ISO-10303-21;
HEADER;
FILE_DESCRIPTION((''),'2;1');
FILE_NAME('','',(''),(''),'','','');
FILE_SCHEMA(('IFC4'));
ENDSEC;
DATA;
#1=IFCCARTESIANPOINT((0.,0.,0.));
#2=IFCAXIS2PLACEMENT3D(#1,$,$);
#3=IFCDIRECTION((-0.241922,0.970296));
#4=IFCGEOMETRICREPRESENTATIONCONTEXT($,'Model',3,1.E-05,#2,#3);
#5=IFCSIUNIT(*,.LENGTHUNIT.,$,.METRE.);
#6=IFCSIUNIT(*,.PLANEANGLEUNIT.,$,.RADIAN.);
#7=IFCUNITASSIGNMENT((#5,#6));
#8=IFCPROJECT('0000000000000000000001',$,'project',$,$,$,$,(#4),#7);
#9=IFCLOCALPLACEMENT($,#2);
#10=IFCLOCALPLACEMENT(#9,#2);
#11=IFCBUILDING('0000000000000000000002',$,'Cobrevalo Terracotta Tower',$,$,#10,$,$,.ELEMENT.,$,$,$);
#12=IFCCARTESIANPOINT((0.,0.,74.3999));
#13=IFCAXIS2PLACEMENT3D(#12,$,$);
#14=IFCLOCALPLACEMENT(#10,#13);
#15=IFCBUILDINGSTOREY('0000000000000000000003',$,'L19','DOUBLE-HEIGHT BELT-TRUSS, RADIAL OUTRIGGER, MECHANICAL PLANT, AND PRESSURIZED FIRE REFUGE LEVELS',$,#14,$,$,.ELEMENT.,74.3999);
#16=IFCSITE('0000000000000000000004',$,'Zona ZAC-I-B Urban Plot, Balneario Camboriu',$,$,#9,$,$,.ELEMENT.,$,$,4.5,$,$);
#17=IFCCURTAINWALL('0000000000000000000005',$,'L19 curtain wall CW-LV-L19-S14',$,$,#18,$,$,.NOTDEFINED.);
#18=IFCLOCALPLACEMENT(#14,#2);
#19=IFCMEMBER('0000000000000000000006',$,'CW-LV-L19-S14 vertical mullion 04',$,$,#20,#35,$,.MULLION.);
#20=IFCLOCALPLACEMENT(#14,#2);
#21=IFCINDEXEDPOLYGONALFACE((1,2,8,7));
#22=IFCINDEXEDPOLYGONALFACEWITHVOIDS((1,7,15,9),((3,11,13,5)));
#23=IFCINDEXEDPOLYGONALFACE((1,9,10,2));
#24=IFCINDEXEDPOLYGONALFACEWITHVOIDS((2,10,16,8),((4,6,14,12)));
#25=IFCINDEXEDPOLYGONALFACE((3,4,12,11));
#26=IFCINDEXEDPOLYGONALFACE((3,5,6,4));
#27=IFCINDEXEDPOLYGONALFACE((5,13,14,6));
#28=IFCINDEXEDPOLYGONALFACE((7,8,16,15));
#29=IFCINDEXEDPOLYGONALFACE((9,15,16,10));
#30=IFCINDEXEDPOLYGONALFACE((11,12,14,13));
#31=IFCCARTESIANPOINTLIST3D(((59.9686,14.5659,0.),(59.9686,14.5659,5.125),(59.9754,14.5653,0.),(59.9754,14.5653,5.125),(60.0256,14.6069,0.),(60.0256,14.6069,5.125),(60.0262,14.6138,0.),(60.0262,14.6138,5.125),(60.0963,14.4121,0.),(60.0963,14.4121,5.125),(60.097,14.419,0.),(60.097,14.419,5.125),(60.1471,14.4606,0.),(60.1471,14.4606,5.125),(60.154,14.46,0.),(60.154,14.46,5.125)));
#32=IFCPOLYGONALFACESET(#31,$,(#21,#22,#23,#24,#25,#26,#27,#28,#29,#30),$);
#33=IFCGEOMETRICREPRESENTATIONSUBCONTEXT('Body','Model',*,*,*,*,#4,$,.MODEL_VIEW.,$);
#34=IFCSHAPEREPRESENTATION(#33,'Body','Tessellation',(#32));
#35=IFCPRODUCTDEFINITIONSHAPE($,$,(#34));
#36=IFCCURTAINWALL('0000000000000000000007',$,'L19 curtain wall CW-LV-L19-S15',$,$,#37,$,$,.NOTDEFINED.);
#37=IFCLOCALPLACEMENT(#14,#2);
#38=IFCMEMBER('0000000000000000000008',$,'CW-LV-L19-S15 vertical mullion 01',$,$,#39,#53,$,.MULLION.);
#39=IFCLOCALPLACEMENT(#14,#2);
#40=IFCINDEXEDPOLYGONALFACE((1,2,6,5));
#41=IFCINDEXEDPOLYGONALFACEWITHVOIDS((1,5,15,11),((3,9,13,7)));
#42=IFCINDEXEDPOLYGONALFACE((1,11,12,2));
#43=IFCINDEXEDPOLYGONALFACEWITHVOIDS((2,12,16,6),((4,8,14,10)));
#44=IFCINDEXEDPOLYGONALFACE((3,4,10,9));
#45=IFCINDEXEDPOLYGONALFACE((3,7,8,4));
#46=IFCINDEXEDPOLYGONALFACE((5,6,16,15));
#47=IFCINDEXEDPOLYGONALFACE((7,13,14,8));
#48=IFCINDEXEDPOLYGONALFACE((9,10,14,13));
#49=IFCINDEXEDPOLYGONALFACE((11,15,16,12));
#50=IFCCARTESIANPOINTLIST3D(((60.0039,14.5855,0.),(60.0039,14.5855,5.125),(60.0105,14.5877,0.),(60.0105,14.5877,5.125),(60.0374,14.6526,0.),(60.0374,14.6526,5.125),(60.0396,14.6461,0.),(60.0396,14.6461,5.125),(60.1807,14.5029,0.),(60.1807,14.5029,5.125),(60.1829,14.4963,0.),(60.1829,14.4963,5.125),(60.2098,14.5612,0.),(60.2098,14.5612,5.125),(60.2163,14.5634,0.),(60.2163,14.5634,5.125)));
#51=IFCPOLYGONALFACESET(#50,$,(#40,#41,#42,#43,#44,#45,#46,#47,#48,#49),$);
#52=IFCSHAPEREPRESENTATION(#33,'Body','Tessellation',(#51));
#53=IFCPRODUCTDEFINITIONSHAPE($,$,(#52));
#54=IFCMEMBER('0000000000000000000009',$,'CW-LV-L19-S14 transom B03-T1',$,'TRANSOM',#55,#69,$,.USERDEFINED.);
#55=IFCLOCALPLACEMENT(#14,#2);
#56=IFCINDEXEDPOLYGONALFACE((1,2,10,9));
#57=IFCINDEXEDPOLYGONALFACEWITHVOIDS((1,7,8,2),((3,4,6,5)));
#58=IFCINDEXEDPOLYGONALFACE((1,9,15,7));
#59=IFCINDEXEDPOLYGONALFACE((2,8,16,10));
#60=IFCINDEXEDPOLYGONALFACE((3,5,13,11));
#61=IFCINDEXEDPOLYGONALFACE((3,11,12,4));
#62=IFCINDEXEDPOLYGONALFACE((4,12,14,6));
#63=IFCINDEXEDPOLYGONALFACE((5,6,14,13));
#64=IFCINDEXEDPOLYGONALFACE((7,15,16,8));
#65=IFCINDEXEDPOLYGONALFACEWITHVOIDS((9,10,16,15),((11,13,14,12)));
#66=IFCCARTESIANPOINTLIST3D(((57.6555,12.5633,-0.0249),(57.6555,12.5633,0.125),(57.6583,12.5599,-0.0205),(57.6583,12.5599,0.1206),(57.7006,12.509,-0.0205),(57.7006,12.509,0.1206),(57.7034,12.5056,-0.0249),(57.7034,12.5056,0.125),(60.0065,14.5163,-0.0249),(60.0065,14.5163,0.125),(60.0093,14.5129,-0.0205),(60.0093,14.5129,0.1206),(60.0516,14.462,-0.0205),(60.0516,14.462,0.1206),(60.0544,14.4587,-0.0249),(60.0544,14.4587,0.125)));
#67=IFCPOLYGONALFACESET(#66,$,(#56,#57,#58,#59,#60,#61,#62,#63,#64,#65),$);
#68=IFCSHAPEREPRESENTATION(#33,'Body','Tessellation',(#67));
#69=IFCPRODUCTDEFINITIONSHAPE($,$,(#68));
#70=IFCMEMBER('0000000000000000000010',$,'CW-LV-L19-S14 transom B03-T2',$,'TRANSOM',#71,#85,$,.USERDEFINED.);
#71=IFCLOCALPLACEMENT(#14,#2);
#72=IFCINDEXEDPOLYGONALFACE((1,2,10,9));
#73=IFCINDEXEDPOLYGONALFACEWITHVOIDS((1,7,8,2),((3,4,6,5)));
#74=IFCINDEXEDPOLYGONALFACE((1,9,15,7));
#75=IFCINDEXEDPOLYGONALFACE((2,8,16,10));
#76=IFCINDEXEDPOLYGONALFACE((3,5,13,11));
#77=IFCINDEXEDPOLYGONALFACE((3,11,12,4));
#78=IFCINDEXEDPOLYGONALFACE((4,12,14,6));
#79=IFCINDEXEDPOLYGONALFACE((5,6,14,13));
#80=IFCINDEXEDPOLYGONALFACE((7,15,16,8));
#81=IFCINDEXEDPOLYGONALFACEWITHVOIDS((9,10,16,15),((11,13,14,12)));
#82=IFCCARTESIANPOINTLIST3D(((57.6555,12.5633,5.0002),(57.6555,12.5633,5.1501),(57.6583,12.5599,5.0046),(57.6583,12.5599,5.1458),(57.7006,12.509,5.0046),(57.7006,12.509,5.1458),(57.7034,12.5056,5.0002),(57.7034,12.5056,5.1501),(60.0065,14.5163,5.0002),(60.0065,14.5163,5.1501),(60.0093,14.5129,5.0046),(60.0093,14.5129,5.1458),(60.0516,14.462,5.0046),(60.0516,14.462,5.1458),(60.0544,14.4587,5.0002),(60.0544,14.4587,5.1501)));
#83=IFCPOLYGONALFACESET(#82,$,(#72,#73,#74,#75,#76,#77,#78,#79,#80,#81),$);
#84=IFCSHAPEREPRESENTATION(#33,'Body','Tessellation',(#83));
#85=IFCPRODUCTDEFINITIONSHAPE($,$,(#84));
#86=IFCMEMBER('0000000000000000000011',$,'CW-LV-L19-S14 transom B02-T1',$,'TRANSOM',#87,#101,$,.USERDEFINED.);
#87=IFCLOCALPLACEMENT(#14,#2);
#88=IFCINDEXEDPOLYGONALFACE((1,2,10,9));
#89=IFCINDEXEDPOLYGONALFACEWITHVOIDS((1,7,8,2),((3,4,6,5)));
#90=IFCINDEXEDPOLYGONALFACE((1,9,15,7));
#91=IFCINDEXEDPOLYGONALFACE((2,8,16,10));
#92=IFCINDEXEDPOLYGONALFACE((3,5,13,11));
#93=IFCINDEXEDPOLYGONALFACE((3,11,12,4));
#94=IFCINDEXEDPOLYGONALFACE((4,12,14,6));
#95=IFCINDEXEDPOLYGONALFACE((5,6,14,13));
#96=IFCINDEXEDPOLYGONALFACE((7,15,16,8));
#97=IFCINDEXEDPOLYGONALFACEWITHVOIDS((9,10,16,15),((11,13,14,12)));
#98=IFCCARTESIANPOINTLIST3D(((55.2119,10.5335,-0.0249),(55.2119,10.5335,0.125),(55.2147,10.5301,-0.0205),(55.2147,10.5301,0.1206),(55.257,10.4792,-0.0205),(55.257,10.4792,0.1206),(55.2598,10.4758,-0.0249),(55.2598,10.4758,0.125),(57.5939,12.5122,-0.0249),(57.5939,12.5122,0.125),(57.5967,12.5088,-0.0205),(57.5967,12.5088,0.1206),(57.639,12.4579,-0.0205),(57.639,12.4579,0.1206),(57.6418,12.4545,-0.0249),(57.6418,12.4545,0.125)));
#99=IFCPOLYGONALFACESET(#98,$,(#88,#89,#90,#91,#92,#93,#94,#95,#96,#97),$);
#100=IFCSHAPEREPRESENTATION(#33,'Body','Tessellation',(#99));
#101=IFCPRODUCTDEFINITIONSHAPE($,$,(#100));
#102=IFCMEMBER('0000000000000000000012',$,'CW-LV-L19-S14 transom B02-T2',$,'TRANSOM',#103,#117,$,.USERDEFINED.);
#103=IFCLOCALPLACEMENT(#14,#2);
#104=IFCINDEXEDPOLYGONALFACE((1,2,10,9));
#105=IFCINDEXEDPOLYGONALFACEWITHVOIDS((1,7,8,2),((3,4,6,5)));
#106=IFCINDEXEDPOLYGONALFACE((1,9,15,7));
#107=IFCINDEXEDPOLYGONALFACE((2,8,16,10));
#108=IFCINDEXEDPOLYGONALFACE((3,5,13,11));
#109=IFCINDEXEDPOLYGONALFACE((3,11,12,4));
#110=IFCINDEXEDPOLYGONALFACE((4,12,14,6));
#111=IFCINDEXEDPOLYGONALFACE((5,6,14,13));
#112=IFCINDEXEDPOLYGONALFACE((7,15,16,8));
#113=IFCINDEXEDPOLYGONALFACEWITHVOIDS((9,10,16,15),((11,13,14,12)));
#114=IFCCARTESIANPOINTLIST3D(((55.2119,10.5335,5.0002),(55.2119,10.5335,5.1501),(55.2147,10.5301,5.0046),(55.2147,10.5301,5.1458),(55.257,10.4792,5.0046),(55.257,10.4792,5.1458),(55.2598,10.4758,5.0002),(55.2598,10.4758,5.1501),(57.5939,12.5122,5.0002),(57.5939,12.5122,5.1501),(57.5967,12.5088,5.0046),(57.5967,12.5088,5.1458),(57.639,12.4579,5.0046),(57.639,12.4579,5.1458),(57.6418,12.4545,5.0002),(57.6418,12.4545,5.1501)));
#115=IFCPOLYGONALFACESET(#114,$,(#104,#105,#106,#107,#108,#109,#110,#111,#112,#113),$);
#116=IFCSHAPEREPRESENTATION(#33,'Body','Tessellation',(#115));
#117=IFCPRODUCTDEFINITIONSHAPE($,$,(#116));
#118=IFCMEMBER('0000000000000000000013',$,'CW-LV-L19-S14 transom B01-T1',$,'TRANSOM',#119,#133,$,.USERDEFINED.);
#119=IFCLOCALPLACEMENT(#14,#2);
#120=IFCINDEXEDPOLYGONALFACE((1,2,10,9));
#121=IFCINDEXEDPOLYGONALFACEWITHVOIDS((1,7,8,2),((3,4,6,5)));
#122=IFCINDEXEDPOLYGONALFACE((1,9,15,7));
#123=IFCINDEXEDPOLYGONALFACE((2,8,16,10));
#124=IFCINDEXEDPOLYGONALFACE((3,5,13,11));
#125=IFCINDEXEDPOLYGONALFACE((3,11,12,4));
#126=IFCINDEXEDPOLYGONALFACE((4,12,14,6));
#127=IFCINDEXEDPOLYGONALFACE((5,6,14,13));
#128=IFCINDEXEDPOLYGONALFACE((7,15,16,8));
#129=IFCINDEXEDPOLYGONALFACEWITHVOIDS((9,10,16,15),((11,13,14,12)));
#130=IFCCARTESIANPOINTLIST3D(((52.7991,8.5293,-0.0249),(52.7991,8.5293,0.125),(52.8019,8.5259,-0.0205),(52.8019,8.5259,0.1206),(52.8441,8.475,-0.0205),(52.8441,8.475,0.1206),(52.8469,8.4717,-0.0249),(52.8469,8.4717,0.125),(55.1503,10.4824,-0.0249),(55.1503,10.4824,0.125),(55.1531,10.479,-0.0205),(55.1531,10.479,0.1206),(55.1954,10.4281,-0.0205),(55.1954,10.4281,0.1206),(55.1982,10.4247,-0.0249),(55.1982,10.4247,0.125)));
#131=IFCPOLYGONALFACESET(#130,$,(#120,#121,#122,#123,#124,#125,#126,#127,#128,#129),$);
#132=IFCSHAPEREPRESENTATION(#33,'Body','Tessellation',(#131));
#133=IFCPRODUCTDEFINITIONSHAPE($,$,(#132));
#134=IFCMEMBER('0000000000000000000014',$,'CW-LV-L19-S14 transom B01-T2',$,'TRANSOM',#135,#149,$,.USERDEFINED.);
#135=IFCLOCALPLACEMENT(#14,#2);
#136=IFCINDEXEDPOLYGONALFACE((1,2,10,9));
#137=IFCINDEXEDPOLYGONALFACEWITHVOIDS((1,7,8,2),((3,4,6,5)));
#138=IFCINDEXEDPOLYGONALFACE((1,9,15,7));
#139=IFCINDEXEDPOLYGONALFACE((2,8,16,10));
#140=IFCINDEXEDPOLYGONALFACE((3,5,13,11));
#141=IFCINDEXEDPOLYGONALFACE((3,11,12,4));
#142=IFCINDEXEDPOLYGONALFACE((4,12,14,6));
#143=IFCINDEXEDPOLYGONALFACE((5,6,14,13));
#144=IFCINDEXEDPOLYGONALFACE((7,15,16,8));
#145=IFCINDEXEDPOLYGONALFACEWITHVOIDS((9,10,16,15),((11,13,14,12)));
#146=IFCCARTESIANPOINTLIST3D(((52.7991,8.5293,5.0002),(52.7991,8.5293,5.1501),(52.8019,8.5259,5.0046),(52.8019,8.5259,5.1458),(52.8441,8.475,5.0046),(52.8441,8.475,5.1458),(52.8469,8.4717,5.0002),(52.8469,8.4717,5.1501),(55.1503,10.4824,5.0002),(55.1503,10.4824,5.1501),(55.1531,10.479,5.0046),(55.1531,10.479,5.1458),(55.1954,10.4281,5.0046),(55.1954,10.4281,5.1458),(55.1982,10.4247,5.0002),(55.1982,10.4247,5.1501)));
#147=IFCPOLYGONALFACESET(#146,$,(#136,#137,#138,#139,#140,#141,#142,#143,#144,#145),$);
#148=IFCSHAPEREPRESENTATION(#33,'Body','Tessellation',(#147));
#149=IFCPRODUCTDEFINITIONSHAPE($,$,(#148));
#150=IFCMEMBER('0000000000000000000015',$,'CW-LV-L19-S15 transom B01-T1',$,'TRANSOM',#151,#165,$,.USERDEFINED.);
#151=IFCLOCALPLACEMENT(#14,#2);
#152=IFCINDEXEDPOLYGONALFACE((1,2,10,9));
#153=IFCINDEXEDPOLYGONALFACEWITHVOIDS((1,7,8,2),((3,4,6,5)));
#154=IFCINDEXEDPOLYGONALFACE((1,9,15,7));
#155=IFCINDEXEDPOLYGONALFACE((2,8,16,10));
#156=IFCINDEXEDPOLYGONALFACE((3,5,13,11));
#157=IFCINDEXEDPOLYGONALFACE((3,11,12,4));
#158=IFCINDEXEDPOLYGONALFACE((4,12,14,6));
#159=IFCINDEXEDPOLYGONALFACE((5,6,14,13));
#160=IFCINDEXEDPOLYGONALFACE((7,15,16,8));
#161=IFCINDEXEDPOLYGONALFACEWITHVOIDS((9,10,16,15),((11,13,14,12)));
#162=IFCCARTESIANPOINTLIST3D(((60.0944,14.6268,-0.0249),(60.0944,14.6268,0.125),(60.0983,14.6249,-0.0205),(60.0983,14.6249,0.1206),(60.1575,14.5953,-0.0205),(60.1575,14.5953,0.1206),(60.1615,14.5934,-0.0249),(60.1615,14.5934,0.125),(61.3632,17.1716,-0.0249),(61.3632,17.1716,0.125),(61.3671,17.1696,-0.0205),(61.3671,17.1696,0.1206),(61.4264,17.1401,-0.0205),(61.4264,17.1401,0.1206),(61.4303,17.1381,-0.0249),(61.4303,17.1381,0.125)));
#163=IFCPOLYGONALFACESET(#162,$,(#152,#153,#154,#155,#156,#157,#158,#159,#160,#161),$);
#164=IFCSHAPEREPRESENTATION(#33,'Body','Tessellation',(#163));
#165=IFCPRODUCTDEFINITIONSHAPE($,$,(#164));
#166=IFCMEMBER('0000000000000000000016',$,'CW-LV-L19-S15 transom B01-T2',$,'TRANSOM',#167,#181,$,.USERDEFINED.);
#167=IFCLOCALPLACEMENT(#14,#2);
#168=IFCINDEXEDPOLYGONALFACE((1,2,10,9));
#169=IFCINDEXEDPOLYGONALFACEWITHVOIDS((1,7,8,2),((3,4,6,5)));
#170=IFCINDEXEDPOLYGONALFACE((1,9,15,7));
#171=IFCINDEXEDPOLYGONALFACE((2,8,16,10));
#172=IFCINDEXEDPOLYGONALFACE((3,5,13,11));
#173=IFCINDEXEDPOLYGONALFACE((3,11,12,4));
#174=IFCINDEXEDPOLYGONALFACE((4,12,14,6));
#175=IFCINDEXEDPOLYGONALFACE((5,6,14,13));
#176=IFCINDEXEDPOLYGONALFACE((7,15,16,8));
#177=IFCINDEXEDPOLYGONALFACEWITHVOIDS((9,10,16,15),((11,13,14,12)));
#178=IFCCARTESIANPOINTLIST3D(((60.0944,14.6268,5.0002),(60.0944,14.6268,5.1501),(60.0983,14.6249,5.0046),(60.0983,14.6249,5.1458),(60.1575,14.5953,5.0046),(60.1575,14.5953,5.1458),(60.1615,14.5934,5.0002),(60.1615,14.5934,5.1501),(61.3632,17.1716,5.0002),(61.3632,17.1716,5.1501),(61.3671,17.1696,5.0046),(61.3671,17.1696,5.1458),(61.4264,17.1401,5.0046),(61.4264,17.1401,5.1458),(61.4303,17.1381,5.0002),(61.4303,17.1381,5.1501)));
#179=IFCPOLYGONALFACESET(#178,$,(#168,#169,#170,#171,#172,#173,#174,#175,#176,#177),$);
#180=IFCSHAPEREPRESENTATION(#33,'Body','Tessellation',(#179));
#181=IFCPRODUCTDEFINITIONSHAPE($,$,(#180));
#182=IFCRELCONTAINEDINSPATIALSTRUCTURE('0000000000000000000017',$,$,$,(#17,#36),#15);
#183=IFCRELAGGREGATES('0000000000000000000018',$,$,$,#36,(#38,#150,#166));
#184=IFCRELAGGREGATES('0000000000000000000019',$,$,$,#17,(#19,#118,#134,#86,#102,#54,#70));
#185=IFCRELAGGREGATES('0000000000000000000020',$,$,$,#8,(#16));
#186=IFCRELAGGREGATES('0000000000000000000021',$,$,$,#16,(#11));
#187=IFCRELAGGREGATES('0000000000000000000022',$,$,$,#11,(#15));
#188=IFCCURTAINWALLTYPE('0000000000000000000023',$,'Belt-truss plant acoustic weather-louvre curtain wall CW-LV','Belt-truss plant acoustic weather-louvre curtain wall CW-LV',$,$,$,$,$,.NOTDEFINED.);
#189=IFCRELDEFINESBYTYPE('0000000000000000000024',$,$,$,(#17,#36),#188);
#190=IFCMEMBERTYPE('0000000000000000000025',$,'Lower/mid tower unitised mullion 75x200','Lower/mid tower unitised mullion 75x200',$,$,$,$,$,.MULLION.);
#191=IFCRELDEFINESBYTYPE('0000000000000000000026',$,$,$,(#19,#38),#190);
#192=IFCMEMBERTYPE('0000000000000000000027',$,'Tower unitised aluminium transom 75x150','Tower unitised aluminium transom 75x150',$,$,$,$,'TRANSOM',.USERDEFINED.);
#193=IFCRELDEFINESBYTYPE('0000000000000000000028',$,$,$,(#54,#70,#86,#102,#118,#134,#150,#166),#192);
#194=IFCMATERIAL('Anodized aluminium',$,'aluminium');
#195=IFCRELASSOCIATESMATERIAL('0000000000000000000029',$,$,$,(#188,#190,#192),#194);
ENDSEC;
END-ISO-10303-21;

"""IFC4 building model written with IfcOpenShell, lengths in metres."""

from ifc_helpers import new_model, si_unit, direction, frame, origin, origin_2d, place, context, subcontext, project, spatial, hollow_rectangle, extrude, source, transform, mapped, material, material_profile, profile_set, type_object, element, aggregate, save


model = new_model("IFC4")

# Units and contexts
model_context = context("Model", 3, precision=1e-05, world=origin(), true_north=direction((-0.241922, 0.970296)))
body_context = subcontext(model_context, "Body", "Model", "MODEL_VIEW")
ifc_project = project(units=[si_unit("LENGTHUNIT", "METRE"), si_unit("PLANEANGLEUNIT", "RADIAN")], contexts=[model_context])

# Site, building, storey
site_placement = place(None, origin())
site = spatial("IfcSite", under=ifc_project, at=site_placement, Name="Zona ZAC-I-B Urban Plot, Balneario Camboriu", CompositionType="ELEMENT", RefElevation=4.5)
building_placement = place(site_placement, origin())
building = spatial("IfcBuilding", under=site, at=building_placement, Name="Cobrevalo Terracotta Tower", CompositionType="ELEMENT")
storey_placement = place(building_placement, frame((0.0, 0.0, 74.3999)))
storey = spatial("IfcBuildingStorey", under=building, at=storey_placement, Name="L19", Description="DOUBLE-HEIGHT BELT-TRUSS, RADIAL OUTRIGGER, MECHANICAL PLANT, AND PRESSURIZED FIRE REFUGE LEVELS", CompositionType="ELEMENT", Elevation=74.3999)

# Shared definitions
ifc_material_1 = material(Name="Anodized aluminium", Category="aluminium")
curtain_wall_type = type_object("IfcCurtainWallType", Name="Belt-truss plant acoustic weather-louvre curtain wall CW-LV", Description="Belt-truss plant acoustic weather-louvre curtain wall CW-LV", PredefinedType="NOTDEFINED", material=ifc_material_1)
ifc_material_profile_1 = material_profile(ifc_material_1, hollow_rectangle(XDim=0.075, YDim=0.2, WallThickness=0.0049, at=origin_2d()), Name="CWM 75x200")
ifc_profile_set_1 = profile_set([ifc_material_profile_1], Name="Anodized aluminium")
member_type_1 = type_object("IfcMemberType", Name="Lower/mid tower unitised mullion 75x200", Description="Lower/mid tower unitised mullion 75x200", PredefinedType="MULLION", material=ifc_profile_set_1)
shared_shape_1 = source(origin(), body_context, "Body", "SweptSolid", [
    extrude(hollow_rectangle(XDim=0.075, YDim=0.2, WallThickness=0.0049, at=origin_2d()), origin(), (0.0, 0.0, 1.0), 5.125),
])

# Curtain wall, member
curtain_wall_1_placement = place(storey_placement, origin())
curtain_wall_1 = element("IfcCurtainWall", 1, at=curtain_wall_1_placement, inside=storey, type_object=curtain_wall_type, Name="L19 curtain wall CW-LV-L19-S14", PredefinedType="NOTDEFINED")
member_1_placement = place(storey_placement, frame((60.0613, 14.5129, 0.0), z_axis=(0.0, 0.0, 1.0), x_axis=(0.769243, 0.638956, 0.0)))
member_1 = element("IfcMember", 2, at=member_1_placement, type_object=member_type_1, Name="CW-LV-L19-S14 vertical mullion 04", PredefinedType="MULLION", context=body_context, shape_type="MappedRepresentation", body=[
    mapped(shared_shape_1, transform((0.0, 0.0, 0.0), scale=1.0)),
])

# Curtain wall, member
curtain_wall_2_placement = place(storey_placement, origin())
curtain_wall_2 = element("IfcCurtainWall", 3, at=curtain_wall_2_placement, inside=storey, type_object=curtain_wall_type, Name="L19 curtain wall CW-LV-L19-S15", PredefinedType="NOTDEFINED")
member_2_placement = place(storey_placement, frame((60.1101, 14.5745, 0.0), z_axis=(0.0, 0.0, 1.0), x_axis=(0.44626, 0.894903, 0.0)))
member_2 = element("IfcMember", 4, at=member_2_placement, type_object=member_type_1, Name="CW-LV-L19-S15 vertical mullion 01", PredefinedType="MULLION", context=body_context, shape_type="MappedRepresentation", body=[
    mapped(shared_shape_1, transform((0.0, 0.0, 0.0), scale=1.0)),
])

# Members
ifc_material_profile_2 = material_profile(ifc_material_1, hollow_rectangle(XDim=0.075, YDim=0.1499, WallThickness=0.0044, at=origin_2d()), Name="CWT 75x150")
ifc_profile_set_2 = profile_set([ifc_material_profile_2], Name="Anodized aluminium")
member_type_2 = type_object("IfcMemberType", Name="Tower unitised aluminium transom 75x150", Description="Tower unitised aluminium transom 75x150", ElementType="TRANSOM", PredefinedType="USERDEFINED", material=ifc_profile_set_2)
shared_shape_2 = source(origin(), body_context, "Body", "SweptSolid", [
    extrude(hollow_rectangle(XDim=0.075, YDim=0.1499, WallThickness=0.0044, at=origin_2d()), origin(), (0.0, 0.0, 1.0), 3.0564),
])
member_3_placement = place(storey_placement, frame((57.6794, 12.5344, 0.05), z_axis=(0.769202, 0.639005, 0.0), x_axis=(-0.639005, 0.769202, 0.0)))
member_3 = element("IfcMember", 5, at=member_3_placement, type_object=member_type_2, Name="CW-LV-L19-S14 transom B03-T1", ObjectType="TRANSOM", PredefinedType="USERDEFINED", context=body_context, shape_type="MappedRepresentation", body=[
    mapped(shared_shape_2, transform((0.0, 0.0, 0.0), scale=1.0)),
])
member_4_placement = place(storey_placement, frame((57.6794, 12.5344, 5.0752), z_axis=(0.769202, 0.639005, 0.0), x_axis=(-0.639005, 0.769202, 0.0)))
member_4 = element("IfcMember", 6, at=member_4_placement, type_object=member_type_2, Name="CW-LV-L19-S14 transom B03-T2", ObjectType="TRANSOM", PredefinedType="USERDEFINED", context=body_context, shape_type="MappedRepresentation", body=[
    mapped(shared_shape_2, transform((0.0, 0.0, 0.0), scale=1.0)),
])
shared_shape_3 = source(origin(), body_context, "Body", "SweptSolid", [
    extrude(hollow_rectangle(XDim=0.075, YDim=0.1499, WallThickness=0.0044, at=origin_2d()), origin(), (0.0, 0.0, 1.0), 3.0967),
])
member_5_placement = place(storey_placement, frame((55.2358, 10.5046, 0.05), z_axis=(0.769222, 0.638982, 0.0), x_axis=(-0.638982, 0.769222, 0.0)))
member_5 = element("IfcMember", 7, at=member_5_placement, type_object=member_type_2, Name="CW-LV-L19-S14 transom B02-T1", ObjectType="TRANSOM", PredefinedType="USERDEFINED", context=body_context, shape_type="MappedRepresentation", body=[
    mapped(shared_shape_3, transform((0.0, 0.0, 0.0), scale=1.0)),
])
member_6_placement = place(storey_placement, frame((55.2358, 10.5046, 5.0752), z_axis=(0.769222, 0.638982, 0.0), x_axis=(-0.638982, 0.769222, 0.0)))
member_6 = element("IfcMember", 8, at=member_6_placement, type_object=member_type_2, Name="CW-LV-L19-S14 transom B02-T2", ObjectType="TRANSOM", PredefinedType="USERDEFINED", context=body_context, shape_type="MappedRepresentation", body=[
    mapped(shared_shape_3, transform((0.0, 0.0, 0.0), scale=1.0)),
])
shared_shape_4 = source(origin(), body_context, "Body", "SweptSolid", [
    extrude(hollow_rectangle(XDim=0.075, YDim=0.1499, WallThickness=0.0044, at=origin_2d()), origin(), (0.0, 0.0, 1.0), 3.0566),
])
member_7_placement = place(storey_placement, frame((52.823, 8.5005, 0.05), z_axis=(0.769235, 0.638966, 0.0), x_axis=(-0.638966, 0.769235, 0.0)))
member_7 = element("IfcMember", 9, at=member_7_placement, type_object=member_type_2, Name="CW-LV-L19-S14 transom B01-T1", ObjectType="TRANSOM", PredefinedType="USERDEFINED", context=body_context, shape_type="MappedRepresentation", body=[
    mapped(shared_shape_4, transform((0.0, 0.0, 0.0), scale=1.0)),
])
member_8_placement = place(storey_placement, frame((52.823, 8.5005, 5.0752), z_axis=(0.769235, 0.638966, 0.0), x_axis=(-0.638966, 0.769235, 0.0)))
member_8 = element("IfcMember", 10, at=member_8_placement, type_object=member_type_2, Name="CW-LV-L19-S14 transom B01-T2", ObjectType="TRANSOM", PredefinedType="USERDEFINED", context=body_context, shape_type="MappedRepresentation", body=[
    mapped(shared_shape_4, transform((0.0, 0.0, 0.0), scale=1.0)),
])
shared_shape_5 = source(origin(), body_context, "Body", "SweptSolid", [
    extrude(hollow_rectangle(XDim=0.075, YDim=0.1499, WallThickness=0.0044, at=origin_2d()), origin(), (0.0, 0.0, 1.0), 2.8435),
])
member_9_placement = place(storey_placement, frame((60.1279, 14.6101, 0.05), z_axis=(0.446217, 0.894925, 0.0), x_axis=(-0.894925, 0.446217, 0.0)))
member_9 = element("IfcMember", 11, at=member_9_placement, type_object=member_type_2, Name="CW-LV-L19-S15 transom B01-T1", ObjectType="TRANSOM", PredefinedType="USERDEFINED", context=body_context, shape_type="MappedRepresentation", body=[
    mapped(shared_shape_5, transform((0.0, 0.0, 0.0), scale=1.0)),
])
member_10_placement = place(storey_placement, frame((60.1279, 14.6101, 5.0752), z_axis=(0.446217, 0.894925, 0.0), x_axis=(-0.894925, 0.446217, 0.0)))
member_10 = element("IfcMember", 12, at=member_10_placement, type_object=member_type_2, Name="CW-LV-L19-S15 transom B01-T2", ObjectType="TRANSOM", PredefinedType="USERDEFINED", context=body_context, shape_type="MappedRepresentation", body=[
    mapped(shared_shape_5, transform((0.0, 0.0, 0.0), scale=1.0)),
])
aggregate(curtain_wall_2, [member_2, member_9, member_10])

aggregate(curtain_wall_1, [member_1, member_7, member_8, member_5, member_6, member_3, member_4])

save(model, "model.ifc")
